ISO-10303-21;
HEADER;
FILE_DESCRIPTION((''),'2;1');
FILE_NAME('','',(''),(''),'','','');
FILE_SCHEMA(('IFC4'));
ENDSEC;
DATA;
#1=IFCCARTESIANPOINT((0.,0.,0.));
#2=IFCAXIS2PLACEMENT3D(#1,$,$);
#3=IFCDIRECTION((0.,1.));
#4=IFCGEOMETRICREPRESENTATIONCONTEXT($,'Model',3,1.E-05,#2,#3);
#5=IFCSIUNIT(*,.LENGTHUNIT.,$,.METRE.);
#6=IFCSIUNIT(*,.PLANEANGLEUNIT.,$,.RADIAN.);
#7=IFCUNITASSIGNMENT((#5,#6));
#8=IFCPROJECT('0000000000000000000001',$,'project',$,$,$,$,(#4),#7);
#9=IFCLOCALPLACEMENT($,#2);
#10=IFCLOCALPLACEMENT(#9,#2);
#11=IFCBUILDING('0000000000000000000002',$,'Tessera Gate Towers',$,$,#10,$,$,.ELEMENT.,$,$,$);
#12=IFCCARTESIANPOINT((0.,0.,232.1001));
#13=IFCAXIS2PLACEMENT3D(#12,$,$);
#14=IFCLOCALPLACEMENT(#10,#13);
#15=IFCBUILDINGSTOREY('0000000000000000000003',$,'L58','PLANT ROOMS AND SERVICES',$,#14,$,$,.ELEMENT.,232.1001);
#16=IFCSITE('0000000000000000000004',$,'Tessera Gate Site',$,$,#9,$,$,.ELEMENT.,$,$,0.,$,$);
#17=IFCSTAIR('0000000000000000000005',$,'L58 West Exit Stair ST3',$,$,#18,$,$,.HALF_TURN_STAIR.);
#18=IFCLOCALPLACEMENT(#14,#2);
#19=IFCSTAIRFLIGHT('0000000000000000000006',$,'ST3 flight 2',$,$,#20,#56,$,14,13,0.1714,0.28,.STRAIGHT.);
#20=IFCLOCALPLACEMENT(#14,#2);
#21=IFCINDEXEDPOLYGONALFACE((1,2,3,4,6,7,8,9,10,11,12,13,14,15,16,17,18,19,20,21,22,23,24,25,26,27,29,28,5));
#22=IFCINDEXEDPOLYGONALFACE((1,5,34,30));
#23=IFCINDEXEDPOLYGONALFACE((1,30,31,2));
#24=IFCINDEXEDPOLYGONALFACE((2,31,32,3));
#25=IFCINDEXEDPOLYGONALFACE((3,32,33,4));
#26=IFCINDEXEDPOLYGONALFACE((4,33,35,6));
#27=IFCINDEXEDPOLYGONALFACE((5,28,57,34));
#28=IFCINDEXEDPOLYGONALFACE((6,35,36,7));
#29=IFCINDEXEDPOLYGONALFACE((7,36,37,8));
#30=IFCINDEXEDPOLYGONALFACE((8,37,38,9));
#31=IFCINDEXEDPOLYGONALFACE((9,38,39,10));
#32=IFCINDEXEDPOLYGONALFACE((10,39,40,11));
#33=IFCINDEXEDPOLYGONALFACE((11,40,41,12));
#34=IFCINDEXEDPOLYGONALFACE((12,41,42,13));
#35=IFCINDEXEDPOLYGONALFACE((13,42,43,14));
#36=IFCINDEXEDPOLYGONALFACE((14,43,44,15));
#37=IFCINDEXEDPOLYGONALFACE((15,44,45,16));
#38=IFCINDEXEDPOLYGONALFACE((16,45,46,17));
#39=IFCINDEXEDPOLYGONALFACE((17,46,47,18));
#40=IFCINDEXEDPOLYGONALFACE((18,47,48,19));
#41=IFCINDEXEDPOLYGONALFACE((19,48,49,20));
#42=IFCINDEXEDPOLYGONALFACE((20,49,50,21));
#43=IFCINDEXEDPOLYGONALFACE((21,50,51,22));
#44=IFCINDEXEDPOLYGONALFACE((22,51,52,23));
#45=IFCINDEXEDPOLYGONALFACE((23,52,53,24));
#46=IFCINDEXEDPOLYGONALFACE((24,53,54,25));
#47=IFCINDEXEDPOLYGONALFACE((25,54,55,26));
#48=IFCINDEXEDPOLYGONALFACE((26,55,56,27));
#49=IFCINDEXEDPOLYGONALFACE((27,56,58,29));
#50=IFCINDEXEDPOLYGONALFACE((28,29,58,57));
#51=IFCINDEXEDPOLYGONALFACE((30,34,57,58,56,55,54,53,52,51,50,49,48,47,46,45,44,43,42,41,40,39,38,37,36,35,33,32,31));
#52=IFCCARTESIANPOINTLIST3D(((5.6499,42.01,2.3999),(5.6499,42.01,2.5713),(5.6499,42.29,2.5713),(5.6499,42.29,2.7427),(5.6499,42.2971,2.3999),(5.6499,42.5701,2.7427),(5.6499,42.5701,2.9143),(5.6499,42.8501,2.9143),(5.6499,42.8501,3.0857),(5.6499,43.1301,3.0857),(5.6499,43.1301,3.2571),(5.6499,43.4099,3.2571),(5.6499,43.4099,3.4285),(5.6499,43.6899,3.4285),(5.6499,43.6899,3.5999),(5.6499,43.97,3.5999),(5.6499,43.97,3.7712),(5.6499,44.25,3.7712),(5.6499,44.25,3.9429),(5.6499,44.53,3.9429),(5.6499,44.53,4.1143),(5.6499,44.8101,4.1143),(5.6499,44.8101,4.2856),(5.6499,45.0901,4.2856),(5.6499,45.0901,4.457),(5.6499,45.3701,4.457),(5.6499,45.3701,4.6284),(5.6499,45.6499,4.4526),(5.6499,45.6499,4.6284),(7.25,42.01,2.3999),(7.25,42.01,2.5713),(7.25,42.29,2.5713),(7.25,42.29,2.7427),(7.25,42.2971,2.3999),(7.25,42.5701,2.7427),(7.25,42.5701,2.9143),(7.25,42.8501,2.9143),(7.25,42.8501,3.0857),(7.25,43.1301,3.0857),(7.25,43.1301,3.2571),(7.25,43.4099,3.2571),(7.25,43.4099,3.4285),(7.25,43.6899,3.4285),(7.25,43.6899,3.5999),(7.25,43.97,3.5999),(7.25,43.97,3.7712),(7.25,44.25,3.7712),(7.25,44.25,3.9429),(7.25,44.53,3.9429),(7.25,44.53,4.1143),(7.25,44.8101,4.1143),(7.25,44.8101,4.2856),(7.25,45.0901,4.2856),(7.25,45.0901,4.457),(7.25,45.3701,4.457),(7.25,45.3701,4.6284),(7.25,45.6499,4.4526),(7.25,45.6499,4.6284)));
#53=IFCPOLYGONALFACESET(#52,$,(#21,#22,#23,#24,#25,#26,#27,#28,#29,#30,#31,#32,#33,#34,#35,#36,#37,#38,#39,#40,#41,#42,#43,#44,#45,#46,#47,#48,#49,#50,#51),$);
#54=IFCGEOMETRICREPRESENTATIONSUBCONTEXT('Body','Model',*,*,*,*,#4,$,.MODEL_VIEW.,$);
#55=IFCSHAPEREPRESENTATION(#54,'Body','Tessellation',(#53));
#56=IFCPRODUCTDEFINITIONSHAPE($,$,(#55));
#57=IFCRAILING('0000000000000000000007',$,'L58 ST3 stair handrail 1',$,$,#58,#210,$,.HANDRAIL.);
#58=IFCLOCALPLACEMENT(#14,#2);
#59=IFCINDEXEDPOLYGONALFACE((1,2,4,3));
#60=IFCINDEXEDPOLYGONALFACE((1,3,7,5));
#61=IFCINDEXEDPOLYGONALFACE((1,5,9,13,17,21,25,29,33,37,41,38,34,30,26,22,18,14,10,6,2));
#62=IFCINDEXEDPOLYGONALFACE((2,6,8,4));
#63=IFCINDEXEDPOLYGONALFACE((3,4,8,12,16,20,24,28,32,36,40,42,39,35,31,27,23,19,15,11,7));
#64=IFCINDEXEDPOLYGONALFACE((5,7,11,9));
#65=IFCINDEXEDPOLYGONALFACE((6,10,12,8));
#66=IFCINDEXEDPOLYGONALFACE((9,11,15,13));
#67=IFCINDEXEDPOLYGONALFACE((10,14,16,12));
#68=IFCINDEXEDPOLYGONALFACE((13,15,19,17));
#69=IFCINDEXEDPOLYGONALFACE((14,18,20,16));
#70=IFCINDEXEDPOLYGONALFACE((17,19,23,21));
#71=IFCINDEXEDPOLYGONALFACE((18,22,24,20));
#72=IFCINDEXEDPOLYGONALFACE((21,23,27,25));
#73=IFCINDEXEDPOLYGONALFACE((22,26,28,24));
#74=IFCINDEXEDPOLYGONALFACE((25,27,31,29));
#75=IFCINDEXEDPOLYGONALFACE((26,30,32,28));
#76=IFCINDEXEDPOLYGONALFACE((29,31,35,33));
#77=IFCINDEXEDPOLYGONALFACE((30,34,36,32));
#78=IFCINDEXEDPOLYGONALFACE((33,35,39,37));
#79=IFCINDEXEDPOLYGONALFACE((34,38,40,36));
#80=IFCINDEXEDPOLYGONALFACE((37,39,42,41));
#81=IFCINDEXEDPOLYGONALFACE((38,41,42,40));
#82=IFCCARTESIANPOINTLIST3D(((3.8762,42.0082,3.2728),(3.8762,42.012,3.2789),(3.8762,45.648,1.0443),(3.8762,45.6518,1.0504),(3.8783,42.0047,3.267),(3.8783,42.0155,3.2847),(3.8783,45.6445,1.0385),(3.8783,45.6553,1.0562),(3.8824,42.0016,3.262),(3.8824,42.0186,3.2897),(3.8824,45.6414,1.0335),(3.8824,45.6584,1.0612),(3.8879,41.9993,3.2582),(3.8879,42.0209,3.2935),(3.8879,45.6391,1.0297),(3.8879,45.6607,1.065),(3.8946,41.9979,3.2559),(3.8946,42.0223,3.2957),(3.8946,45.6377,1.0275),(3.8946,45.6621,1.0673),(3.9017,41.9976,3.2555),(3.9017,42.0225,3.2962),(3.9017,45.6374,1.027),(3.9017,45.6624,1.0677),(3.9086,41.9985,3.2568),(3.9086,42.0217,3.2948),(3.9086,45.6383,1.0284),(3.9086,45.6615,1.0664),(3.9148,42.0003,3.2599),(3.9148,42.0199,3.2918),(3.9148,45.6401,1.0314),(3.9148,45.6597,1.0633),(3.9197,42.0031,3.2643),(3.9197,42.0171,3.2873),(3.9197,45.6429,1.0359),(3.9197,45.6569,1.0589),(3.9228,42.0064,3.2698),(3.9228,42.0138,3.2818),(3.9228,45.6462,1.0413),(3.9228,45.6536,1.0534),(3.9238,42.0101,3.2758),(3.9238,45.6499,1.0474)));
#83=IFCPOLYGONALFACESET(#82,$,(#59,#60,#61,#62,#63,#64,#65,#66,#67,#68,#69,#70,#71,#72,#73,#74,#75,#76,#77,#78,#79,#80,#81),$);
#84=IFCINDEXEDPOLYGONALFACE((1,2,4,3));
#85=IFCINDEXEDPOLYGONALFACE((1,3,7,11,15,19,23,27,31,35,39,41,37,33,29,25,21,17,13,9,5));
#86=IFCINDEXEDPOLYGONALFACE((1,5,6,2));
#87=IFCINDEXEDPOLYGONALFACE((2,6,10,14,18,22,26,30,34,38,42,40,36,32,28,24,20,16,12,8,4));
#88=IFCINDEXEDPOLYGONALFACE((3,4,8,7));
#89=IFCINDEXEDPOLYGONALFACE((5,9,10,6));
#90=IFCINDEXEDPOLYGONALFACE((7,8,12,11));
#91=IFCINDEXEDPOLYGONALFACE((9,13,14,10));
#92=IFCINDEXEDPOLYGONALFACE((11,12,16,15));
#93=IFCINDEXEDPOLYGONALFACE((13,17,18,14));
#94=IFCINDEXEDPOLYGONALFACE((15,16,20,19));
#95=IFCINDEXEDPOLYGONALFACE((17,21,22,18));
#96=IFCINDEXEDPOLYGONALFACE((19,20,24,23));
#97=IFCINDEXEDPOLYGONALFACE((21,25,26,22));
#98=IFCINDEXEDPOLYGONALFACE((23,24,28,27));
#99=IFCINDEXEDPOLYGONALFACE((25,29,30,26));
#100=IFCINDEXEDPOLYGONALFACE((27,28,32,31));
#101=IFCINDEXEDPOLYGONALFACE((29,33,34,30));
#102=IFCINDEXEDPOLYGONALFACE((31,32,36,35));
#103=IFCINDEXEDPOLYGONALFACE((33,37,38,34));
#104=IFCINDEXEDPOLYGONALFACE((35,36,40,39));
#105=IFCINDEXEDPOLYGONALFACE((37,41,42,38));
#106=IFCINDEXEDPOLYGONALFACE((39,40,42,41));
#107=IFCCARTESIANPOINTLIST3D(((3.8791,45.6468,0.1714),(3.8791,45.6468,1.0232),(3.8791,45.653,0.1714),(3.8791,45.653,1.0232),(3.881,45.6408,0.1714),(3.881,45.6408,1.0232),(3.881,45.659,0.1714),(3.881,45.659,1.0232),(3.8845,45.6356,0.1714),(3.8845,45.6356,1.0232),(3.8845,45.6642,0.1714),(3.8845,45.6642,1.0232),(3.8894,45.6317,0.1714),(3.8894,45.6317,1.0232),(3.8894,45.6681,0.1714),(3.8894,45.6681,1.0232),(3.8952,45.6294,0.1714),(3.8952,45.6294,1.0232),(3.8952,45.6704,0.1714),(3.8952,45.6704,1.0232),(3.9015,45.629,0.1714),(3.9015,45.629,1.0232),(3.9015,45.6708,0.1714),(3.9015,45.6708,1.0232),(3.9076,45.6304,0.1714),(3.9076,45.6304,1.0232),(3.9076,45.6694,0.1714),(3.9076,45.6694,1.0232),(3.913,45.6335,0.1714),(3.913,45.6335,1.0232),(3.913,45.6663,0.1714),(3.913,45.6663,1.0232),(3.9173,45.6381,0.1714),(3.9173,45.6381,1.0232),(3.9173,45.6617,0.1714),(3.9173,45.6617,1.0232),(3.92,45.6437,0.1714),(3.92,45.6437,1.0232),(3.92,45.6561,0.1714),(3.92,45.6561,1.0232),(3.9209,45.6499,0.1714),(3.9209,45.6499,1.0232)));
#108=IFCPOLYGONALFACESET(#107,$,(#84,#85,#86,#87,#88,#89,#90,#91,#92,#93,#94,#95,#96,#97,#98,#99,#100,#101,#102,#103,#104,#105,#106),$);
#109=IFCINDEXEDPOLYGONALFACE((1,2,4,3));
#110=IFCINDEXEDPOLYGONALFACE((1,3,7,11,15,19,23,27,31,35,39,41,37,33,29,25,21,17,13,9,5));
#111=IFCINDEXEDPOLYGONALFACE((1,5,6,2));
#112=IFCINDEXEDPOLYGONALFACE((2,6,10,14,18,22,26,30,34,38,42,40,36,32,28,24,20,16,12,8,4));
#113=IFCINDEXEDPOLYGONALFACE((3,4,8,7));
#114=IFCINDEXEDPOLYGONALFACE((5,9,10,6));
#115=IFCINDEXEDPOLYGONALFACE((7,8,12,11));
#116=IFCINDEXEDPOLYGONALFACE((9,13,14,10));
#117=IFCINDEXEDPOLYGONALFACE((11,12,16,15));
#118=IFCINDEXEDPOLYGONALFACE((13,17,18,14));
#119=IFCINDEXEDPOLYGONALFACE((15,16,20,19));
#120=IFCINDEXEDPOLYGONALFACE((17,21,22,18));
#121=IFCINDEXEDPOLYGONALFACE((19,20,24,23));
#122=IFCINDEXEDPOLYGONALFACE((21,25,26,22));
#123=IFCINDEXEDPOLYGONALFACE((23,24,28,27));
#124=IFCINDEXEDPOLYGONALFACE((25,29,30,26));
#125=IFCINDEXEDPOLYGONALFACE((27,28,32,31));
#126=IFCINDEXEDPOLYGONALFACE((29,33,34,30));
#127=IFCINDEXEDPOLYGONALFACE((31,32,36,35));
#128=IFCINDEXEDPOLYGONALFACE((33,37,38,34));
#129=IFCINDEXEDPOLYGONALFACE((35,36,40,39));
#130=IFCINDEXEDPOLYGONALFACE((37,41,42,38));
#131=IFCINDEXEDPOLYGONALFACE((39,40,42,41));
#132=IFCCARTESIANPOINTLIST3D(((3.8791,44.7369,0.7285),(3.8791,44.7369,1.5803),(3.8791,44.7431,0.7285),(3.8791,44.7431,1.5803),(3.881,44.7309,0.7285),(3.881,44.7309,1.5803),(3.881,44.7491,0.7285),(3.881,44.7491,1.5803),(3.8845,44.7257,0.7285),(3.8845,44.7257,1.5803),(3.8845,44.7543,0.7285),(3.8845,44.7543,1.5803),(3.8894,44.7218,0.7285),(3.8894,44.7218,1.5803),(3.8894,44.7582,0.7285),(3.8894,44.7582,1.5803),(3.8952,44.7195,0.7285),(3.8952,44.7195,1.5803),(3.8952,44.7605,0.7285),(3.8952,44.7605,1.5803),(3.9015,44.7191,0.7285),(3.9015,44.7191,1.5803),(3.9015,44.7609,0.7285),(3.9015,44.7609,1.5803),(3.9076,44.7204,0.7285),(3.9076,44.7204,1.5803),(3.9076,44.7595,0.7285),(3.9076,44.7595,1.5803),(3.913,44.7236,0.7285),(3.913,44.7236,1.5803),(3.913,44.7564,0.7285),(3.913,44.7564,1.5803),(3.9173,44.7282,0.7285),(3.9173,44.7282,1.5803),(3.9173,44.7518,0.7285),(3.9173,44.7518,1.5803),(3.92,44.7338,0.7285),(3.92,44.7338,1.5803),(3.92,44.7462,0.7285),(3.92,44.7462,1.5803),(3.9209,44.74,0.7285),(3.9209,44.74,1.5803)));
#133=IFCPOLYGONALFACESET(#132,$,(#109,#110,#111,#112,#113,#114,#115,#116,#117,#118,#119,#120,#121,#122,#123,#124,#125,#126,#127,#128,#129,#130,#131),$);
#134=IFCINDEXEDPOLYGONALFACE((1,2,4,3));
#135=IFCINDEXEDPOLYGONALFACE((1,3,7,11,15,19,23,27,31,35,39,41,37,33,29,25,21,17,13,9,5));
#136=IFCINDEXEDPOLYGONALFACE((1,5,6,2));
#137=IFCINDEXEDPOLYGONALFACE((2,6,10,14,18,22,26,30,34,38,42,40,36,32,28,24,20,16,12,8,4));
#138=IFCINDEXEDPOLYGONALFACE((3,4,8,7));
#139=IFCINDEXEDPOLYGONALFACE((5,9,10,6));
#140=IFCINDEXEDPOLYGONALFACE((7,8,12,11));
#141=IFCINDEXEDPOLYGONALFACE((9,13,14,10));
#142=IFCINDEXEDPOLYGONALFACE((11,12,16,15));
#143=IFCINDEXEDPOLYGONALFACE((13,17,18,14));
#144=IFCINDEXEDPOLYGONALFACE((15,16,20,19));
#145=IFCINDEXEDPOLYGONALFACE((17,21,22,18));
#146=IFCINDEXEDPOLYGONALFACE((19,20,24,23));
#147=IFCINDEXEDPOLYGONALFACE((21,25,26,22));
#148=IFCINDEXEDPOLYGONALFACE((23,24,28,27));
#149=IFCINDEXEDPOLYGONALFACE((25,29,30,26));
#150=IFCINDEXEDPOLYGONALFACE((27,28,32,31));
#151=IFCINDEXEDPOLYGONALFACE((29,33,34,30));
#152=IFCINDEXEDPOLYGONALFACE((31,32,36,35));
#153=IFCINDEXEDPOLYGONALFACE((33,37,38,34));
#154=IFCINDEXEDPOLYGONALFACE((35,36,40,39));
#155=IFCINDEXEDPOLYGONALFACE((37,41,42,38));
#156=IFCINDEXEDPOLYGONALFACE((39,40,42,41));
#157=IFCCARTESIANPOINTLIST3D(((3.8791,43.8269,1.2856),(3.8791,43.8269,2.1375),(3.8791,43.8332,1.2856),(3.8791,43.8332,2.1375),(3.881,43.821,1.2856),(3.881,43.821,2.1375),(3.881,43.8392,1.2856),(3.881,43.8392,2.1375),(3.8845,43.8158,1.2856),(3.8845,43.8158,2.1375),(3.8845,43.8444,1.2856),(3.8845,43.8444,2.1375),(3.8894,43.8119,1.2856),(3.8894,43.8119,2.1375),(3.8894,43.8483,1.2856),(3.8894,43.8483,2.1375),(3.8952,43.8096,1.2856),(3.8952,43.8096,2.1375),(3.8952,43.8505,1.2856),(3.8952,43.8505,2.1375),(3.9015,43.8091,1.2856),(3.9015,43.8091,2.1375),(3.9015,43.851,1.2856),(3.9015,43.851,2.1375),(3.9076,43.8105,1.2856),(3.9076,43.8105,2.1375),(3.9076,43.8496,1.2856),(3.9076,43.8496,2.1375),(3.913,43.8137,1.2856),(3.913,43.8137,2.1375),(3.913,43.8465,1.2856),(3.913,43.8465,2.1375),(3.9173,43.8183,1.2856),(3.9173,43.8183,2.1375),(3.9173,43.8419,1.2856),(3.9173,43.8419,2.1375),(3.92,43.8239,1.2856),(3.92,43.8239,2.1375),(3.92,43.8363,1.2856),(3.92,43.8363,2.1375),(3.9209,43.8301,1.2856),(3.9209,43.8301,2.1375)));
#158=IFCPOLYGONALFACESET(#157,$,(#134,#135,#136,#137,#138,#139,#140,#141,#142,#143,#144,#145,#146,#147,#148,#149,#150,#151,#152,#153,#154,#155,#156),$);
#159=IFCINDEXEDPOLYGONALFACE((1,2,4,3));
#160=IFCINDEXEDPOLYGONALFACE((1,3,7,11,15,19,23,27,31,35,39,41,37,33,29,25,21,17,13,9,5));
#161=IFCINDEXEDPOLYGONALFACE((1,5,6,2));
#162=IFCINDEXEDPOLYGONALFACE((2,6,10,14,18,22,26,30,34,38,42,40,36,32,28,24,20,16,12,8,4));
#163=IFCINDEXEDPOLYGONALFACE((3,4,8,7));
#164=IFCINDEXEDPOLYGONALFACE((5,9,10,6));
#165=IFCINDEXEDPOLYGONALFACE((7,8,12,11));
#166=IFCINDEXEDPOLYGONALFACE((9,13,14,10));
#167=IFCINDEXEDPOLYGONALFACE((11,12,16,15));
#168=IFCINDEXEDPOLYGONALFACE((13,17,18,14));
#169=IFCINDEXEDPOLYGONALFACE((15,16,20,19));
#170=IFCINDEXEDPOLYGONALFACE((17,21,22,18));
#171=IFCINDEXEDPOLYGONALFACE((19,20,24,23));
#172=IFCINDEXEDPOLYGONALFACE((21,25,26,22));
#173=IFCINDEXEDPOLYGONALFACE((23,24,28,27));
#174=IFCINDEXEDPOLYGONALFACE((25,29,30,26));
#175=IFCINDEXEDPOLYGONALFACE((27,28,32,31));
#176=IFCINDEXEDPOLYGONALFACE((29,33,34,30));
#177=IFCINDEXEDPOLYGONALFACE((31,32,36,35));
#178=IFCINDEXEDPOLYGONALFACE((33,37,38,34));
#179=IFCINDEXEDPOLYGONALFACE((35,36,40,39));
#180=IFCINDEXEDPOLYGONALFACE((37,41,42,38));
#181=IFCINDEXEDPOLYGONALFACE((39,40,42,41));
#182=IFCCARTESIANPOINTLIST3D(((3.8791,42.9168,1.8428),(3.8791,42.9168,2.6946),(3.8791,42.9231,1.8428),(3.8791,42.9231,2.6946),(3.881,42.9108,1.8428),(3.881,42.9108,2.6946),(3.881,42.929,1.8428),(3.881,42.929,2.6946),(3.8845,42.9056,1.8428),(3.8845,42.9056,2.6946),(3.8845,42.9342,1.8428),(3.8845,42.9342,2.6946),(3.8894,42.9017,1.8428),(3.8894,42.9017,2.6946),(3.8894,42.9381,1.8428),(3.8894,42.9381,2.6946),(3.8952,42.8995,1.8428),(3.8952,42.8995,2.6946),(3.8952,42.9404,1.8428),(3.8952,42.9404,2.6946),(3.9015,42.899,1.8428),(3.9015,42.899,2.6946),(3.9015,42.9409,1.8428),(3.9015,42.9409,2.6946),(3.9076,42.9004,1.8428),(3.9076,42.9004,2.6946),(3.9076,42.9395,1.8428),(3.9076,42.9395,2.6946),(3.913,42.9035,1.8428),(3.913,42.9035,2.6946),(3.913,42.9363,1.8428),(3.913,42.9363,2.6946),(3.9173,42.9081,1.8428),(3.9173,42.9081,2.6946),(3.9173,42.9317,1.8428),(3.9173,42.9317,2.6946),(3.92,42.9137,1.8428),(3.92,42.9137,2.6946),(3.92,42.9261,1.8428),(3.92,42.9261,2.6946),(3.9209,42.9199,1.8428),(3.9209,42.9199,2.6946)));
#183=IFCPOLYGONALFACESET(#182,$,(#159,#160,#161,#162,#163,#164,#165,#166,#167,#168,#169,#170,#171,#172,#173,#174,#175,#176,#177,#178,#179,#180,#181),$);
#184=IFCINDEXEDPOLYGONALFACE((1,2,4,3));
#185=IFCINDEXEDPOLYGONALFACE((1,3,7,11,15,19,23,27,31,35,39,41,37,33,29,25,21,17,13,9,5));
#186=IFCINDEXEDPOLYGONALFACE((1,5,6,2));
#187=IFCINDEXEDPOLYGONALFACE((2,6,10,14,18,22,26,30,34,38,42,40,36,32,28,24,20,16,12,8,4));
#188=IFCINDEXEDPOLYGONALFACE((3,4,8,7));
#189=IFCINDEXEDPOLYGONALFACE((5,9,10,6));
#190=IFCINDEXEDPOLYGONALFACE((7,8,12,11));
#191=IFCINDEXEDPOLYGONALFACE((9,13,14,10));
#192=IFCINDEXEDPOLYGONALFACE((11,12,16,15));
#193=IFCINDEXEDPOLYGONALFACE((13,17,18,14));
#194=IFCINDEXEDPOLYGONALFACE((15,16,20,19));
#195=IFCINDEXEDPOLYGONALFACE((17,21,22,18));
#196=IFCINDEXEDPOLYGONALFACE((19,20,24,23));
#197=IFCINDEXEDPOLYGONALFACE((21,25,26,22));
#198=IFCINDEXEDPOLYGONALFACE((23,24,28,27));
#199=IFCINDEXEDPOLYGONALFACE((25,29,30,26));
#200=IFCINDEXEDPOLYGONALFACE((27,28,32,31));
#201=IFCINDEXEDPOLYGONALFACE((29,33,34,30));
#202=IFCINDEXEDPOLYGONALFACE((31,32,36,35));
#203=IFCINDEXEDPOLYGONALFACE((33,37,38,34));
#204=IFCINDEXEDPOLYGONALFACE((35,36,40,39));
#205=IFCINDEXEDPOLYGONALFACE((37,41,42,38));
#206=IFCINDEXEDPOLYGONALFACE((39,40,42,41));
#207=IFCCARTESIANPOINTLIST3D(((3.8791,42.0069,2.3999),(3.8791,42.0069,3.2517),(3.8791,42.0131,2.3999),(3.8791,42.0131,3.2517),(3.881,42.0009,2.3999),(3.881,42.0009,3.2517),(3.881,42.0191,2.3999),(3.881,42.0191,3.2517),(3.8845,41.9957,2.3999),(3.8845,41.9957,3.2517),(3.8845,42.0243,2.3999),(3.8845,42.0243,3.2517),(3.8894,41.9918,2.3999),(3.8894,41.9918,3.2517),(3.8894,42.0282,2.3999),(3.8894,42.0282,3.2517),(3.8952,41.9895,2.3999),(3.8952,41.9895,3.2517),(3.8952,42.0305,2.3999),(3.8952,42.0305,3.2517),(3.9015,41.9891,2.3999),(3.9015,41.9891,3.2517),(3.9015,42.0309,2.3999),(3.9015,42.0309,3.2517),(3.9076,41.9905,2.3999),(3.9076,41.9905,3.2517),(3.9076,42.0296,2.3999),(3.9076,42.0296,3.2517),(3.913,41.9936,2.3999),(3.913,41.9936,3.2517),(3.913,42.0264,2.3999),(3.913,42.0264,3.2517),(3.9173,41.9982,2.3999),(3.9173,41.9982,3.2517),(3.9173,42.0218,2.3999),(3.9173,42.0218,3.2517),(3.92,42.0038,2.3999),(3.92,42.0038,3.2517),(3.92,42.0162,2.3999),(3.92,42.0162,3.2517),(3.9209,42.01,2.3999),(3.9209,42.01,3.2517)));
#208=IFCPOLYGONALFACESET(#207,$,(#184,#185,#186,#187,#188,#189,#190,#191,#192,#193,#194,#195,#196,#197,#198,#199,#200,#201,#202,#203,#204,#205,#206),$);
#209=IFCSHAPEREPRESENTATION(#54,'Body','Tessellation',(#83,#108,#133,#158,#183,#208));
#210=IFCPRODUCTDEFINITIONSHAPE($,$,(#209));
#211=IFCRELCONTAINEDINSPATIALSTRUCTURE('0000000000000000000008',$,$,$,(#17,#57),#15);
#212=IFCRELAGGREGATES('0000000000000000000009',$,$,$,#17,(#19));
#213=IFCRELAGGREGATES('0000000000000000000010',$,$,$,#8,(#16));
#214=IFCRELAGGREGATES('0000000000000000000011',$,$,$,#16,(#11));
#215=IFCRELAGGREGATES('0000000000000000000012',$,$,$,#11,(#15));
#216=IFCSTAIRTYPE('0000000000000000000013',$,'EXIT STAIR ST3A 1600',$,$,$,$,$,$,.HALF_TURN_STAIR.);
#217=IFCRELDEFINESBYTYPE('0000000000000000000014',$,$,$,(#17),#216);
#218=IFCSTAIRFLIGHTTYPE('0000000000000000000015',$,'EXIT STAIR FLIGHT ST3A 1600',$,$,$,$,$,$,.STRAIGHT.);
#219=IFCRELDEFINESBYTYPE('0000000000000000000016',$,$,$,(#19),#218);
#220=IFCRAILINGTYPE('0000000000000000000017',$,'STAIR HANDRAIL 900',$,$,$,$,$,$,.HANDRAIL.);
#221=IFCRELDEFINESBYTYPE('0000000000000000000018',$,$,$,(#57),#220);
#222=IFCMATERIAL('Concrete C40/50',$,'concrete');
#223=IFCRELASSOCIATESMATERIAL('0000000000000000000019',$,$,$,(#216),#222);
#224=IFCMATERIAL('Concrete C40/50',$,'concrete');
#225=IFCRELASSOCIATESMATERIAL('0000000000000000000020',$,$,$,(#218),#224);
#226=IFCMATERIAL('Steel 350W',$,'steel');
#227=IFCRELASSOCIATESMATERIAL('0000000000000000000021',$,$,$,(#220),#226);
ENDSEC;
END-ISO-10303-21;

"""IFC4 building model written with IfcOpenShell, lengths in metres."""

from ifc_helpers import new_model, si_unit, direction, frame, origin, origin_2d, place, context, subcontext, project, spatial, polyline, circle, outline, extrude, material, type_object, element, aggregate, save


model = new_model("IFC4")

# Units and contexts
model_context = context("Model", 3, precision=1e-05, world=origin(), true_north=direction((0.0, 1.0)))
body_context = subcontext(model_context, "Body", "Model", "MODEL_VIEW")
ifc_project = project(units=[si_unit("LENGTHUNIT", "METRE"), si_unit("PLANEANGLEUNIT", "RADIAN")], contexts=[model_context])

# Site, building, storey
site_placement = place(None, origin())
site = spatial("IfcSite", under=ifc_project, at=site_placement, Name="Tessera Gate Site", CompositionType="ELEMENT", RefElevation=0.0)
building_placement = place(site_placement, origin())
building = spatial("IfcBuilding", under=site, at=building_placement, Name="Tessera Gate Towers", CompositionType="ELEMENT")
storey_placement = place(building_placement, frame((0.0, 0.0, 232.1001)))
storey = spatial("IfcBuildingStorey", under=building, at=storey_placement, Name="L58", Description="PLANT ROOMS AND SERVICES", CompositionType="ELEMENT", Elevation=232.1001)

# Stair, stair flight
ifc_material_1 = material(Name="Concrete C40/50", Category="concrete")
stair_type = type_object("IfcStairType", Name="EXIT STAIR ST3A 1600", PredefinedType="HALF_TURN_STAIR", material=ifc_material_1)
stair_placement = place(storey_placement, origin())
stair = element("IfcStair", 1, at=stair_placement, inside=storey, type_object=stair_type, Name="L58 West Exit Stair ST3", PredefinedType="HALF_TURN_STAIR")
ifc_material_2 = material(Name="Concrete C40/50", Category="concrete")
stair_flight_type = type_object("IfcStairFlightType", Name="EXIT STAIR FLIGHT ST3A 1600", PredefinedType="STRAIGHT", material=ifc_material_2)
stair_flight_1_placement = place(storey_placement, frame((6.45, 42.01, 2.3999), z_axis=(0.0, 0.0, 1.0), x_axis=(0.0, 1.0, 0.0)))
stair_flight_1 = element("IfcStairFlight", 2, at=stair_flight_1_placement, type_object=stair_flight_type, Name="ST3 flight 2", NumberOfRisers=14, NumberOfTreads=13, PredefinedType="STRAIGHT", RiserHeight=0.1714, TreadLength=0.28, context=body_context, shape_type="SweptSolid", body=[
    extrude(outline(polyline([(0.0, 0.0), (0.0, 0.1714), (0.28, 0.1714), (0.28, 0.3428), (0.5601, 0.3428), (0.5601, 0.5144), (0.8401, 0.5144), (0.8401, 0.6858), (1.1201, 0.6858), (1.1201, 0.8572), (1.3999, 0.8572), (1.3999, 1.0286), (1.6799, 1.0286), (1.6799, 1.2), (1.96, 1.2), (1.96, 1.3713), (2.24, 1.3713), (2.24, 1.543), (2.52, 1.543), (2.52, 1.7144), (2.8, 1.7144), (2.8, 1.8857), (3.0801, 1.8857), (3.0801, 2.0571), (3.3601, 2.0571), (3.3601, 2.2285), (3.6399, 2.2285), (3.6399, 2.3999), (3.6399, 2.0527), (0.2871, 0.0), (0.0, 0.0)])), frame((0.0, 0.8, 0.0), z_axis=(0.0, -1.0, 0.0), x_axis=(1.0, 0.0, 0.0)), (0.0, 0.0, 1.0), 1.6001),
])
aggregate(stair, [stair_flight_1])

# Railing
ifc_material_3 = material(Name="Steel 350W", Category="steel")
railing_type_1 = type_object("IfcRailingType", Name="STAIR HANDRAIL 900", PredefinedType="HANDRAIL", material=ifc_material_3)
railing_1_placement = place(storey_placement, frame((3.8999, 45.6499, 0.1714)))
element("IfcRailing", 3, at=railing_1_placement, inside=storey, type_object=railing_type_1, Name="L58 ST3 stair handrail 1", PredefinedType="HANDRAIL", context=body_context, shape_type="SweptSolid", body=[
    extrude(circle(Radius=0.0239, at=origin_2d()), frame((0.0, 0.0, 0.876), z_axis=(0.0, -0.85285, 0.522156), x_axis=(1.0, 0.0, 0.0)), (0.0, 0.0, 1.0), 4.2678),
    extrude(circle(Radius=0.021, at=origin_2d()), origin(), (0.0, 0.0, 1.0), 0.8518),
    extrude(circle(Radius=0.021, at=origin_2d()), frame((0.0, -0.9099, 0.5571)), (0.0, 0.0, 1.0), 0.8518),
    extrude(circle(Radius=0.021, at=origin_2d()), frame((0.0, -1.8198, 1.1143)), (0.0, 0.0, 1.0), 0.8518),
    extrude(circle(Radius=0.021, at=origin_2d()), frame((0.0, -2.73, 1.6714)), (0.0, 0.0, 1.0), 0.8518),
    extrude(circle(Radius=0.021, at=origin_2d()), frame((0.0, -3.6399, 2.2285)), (0.0, 0.0, 1.0), 0.8518),
])

save(model, "model.ifc")
